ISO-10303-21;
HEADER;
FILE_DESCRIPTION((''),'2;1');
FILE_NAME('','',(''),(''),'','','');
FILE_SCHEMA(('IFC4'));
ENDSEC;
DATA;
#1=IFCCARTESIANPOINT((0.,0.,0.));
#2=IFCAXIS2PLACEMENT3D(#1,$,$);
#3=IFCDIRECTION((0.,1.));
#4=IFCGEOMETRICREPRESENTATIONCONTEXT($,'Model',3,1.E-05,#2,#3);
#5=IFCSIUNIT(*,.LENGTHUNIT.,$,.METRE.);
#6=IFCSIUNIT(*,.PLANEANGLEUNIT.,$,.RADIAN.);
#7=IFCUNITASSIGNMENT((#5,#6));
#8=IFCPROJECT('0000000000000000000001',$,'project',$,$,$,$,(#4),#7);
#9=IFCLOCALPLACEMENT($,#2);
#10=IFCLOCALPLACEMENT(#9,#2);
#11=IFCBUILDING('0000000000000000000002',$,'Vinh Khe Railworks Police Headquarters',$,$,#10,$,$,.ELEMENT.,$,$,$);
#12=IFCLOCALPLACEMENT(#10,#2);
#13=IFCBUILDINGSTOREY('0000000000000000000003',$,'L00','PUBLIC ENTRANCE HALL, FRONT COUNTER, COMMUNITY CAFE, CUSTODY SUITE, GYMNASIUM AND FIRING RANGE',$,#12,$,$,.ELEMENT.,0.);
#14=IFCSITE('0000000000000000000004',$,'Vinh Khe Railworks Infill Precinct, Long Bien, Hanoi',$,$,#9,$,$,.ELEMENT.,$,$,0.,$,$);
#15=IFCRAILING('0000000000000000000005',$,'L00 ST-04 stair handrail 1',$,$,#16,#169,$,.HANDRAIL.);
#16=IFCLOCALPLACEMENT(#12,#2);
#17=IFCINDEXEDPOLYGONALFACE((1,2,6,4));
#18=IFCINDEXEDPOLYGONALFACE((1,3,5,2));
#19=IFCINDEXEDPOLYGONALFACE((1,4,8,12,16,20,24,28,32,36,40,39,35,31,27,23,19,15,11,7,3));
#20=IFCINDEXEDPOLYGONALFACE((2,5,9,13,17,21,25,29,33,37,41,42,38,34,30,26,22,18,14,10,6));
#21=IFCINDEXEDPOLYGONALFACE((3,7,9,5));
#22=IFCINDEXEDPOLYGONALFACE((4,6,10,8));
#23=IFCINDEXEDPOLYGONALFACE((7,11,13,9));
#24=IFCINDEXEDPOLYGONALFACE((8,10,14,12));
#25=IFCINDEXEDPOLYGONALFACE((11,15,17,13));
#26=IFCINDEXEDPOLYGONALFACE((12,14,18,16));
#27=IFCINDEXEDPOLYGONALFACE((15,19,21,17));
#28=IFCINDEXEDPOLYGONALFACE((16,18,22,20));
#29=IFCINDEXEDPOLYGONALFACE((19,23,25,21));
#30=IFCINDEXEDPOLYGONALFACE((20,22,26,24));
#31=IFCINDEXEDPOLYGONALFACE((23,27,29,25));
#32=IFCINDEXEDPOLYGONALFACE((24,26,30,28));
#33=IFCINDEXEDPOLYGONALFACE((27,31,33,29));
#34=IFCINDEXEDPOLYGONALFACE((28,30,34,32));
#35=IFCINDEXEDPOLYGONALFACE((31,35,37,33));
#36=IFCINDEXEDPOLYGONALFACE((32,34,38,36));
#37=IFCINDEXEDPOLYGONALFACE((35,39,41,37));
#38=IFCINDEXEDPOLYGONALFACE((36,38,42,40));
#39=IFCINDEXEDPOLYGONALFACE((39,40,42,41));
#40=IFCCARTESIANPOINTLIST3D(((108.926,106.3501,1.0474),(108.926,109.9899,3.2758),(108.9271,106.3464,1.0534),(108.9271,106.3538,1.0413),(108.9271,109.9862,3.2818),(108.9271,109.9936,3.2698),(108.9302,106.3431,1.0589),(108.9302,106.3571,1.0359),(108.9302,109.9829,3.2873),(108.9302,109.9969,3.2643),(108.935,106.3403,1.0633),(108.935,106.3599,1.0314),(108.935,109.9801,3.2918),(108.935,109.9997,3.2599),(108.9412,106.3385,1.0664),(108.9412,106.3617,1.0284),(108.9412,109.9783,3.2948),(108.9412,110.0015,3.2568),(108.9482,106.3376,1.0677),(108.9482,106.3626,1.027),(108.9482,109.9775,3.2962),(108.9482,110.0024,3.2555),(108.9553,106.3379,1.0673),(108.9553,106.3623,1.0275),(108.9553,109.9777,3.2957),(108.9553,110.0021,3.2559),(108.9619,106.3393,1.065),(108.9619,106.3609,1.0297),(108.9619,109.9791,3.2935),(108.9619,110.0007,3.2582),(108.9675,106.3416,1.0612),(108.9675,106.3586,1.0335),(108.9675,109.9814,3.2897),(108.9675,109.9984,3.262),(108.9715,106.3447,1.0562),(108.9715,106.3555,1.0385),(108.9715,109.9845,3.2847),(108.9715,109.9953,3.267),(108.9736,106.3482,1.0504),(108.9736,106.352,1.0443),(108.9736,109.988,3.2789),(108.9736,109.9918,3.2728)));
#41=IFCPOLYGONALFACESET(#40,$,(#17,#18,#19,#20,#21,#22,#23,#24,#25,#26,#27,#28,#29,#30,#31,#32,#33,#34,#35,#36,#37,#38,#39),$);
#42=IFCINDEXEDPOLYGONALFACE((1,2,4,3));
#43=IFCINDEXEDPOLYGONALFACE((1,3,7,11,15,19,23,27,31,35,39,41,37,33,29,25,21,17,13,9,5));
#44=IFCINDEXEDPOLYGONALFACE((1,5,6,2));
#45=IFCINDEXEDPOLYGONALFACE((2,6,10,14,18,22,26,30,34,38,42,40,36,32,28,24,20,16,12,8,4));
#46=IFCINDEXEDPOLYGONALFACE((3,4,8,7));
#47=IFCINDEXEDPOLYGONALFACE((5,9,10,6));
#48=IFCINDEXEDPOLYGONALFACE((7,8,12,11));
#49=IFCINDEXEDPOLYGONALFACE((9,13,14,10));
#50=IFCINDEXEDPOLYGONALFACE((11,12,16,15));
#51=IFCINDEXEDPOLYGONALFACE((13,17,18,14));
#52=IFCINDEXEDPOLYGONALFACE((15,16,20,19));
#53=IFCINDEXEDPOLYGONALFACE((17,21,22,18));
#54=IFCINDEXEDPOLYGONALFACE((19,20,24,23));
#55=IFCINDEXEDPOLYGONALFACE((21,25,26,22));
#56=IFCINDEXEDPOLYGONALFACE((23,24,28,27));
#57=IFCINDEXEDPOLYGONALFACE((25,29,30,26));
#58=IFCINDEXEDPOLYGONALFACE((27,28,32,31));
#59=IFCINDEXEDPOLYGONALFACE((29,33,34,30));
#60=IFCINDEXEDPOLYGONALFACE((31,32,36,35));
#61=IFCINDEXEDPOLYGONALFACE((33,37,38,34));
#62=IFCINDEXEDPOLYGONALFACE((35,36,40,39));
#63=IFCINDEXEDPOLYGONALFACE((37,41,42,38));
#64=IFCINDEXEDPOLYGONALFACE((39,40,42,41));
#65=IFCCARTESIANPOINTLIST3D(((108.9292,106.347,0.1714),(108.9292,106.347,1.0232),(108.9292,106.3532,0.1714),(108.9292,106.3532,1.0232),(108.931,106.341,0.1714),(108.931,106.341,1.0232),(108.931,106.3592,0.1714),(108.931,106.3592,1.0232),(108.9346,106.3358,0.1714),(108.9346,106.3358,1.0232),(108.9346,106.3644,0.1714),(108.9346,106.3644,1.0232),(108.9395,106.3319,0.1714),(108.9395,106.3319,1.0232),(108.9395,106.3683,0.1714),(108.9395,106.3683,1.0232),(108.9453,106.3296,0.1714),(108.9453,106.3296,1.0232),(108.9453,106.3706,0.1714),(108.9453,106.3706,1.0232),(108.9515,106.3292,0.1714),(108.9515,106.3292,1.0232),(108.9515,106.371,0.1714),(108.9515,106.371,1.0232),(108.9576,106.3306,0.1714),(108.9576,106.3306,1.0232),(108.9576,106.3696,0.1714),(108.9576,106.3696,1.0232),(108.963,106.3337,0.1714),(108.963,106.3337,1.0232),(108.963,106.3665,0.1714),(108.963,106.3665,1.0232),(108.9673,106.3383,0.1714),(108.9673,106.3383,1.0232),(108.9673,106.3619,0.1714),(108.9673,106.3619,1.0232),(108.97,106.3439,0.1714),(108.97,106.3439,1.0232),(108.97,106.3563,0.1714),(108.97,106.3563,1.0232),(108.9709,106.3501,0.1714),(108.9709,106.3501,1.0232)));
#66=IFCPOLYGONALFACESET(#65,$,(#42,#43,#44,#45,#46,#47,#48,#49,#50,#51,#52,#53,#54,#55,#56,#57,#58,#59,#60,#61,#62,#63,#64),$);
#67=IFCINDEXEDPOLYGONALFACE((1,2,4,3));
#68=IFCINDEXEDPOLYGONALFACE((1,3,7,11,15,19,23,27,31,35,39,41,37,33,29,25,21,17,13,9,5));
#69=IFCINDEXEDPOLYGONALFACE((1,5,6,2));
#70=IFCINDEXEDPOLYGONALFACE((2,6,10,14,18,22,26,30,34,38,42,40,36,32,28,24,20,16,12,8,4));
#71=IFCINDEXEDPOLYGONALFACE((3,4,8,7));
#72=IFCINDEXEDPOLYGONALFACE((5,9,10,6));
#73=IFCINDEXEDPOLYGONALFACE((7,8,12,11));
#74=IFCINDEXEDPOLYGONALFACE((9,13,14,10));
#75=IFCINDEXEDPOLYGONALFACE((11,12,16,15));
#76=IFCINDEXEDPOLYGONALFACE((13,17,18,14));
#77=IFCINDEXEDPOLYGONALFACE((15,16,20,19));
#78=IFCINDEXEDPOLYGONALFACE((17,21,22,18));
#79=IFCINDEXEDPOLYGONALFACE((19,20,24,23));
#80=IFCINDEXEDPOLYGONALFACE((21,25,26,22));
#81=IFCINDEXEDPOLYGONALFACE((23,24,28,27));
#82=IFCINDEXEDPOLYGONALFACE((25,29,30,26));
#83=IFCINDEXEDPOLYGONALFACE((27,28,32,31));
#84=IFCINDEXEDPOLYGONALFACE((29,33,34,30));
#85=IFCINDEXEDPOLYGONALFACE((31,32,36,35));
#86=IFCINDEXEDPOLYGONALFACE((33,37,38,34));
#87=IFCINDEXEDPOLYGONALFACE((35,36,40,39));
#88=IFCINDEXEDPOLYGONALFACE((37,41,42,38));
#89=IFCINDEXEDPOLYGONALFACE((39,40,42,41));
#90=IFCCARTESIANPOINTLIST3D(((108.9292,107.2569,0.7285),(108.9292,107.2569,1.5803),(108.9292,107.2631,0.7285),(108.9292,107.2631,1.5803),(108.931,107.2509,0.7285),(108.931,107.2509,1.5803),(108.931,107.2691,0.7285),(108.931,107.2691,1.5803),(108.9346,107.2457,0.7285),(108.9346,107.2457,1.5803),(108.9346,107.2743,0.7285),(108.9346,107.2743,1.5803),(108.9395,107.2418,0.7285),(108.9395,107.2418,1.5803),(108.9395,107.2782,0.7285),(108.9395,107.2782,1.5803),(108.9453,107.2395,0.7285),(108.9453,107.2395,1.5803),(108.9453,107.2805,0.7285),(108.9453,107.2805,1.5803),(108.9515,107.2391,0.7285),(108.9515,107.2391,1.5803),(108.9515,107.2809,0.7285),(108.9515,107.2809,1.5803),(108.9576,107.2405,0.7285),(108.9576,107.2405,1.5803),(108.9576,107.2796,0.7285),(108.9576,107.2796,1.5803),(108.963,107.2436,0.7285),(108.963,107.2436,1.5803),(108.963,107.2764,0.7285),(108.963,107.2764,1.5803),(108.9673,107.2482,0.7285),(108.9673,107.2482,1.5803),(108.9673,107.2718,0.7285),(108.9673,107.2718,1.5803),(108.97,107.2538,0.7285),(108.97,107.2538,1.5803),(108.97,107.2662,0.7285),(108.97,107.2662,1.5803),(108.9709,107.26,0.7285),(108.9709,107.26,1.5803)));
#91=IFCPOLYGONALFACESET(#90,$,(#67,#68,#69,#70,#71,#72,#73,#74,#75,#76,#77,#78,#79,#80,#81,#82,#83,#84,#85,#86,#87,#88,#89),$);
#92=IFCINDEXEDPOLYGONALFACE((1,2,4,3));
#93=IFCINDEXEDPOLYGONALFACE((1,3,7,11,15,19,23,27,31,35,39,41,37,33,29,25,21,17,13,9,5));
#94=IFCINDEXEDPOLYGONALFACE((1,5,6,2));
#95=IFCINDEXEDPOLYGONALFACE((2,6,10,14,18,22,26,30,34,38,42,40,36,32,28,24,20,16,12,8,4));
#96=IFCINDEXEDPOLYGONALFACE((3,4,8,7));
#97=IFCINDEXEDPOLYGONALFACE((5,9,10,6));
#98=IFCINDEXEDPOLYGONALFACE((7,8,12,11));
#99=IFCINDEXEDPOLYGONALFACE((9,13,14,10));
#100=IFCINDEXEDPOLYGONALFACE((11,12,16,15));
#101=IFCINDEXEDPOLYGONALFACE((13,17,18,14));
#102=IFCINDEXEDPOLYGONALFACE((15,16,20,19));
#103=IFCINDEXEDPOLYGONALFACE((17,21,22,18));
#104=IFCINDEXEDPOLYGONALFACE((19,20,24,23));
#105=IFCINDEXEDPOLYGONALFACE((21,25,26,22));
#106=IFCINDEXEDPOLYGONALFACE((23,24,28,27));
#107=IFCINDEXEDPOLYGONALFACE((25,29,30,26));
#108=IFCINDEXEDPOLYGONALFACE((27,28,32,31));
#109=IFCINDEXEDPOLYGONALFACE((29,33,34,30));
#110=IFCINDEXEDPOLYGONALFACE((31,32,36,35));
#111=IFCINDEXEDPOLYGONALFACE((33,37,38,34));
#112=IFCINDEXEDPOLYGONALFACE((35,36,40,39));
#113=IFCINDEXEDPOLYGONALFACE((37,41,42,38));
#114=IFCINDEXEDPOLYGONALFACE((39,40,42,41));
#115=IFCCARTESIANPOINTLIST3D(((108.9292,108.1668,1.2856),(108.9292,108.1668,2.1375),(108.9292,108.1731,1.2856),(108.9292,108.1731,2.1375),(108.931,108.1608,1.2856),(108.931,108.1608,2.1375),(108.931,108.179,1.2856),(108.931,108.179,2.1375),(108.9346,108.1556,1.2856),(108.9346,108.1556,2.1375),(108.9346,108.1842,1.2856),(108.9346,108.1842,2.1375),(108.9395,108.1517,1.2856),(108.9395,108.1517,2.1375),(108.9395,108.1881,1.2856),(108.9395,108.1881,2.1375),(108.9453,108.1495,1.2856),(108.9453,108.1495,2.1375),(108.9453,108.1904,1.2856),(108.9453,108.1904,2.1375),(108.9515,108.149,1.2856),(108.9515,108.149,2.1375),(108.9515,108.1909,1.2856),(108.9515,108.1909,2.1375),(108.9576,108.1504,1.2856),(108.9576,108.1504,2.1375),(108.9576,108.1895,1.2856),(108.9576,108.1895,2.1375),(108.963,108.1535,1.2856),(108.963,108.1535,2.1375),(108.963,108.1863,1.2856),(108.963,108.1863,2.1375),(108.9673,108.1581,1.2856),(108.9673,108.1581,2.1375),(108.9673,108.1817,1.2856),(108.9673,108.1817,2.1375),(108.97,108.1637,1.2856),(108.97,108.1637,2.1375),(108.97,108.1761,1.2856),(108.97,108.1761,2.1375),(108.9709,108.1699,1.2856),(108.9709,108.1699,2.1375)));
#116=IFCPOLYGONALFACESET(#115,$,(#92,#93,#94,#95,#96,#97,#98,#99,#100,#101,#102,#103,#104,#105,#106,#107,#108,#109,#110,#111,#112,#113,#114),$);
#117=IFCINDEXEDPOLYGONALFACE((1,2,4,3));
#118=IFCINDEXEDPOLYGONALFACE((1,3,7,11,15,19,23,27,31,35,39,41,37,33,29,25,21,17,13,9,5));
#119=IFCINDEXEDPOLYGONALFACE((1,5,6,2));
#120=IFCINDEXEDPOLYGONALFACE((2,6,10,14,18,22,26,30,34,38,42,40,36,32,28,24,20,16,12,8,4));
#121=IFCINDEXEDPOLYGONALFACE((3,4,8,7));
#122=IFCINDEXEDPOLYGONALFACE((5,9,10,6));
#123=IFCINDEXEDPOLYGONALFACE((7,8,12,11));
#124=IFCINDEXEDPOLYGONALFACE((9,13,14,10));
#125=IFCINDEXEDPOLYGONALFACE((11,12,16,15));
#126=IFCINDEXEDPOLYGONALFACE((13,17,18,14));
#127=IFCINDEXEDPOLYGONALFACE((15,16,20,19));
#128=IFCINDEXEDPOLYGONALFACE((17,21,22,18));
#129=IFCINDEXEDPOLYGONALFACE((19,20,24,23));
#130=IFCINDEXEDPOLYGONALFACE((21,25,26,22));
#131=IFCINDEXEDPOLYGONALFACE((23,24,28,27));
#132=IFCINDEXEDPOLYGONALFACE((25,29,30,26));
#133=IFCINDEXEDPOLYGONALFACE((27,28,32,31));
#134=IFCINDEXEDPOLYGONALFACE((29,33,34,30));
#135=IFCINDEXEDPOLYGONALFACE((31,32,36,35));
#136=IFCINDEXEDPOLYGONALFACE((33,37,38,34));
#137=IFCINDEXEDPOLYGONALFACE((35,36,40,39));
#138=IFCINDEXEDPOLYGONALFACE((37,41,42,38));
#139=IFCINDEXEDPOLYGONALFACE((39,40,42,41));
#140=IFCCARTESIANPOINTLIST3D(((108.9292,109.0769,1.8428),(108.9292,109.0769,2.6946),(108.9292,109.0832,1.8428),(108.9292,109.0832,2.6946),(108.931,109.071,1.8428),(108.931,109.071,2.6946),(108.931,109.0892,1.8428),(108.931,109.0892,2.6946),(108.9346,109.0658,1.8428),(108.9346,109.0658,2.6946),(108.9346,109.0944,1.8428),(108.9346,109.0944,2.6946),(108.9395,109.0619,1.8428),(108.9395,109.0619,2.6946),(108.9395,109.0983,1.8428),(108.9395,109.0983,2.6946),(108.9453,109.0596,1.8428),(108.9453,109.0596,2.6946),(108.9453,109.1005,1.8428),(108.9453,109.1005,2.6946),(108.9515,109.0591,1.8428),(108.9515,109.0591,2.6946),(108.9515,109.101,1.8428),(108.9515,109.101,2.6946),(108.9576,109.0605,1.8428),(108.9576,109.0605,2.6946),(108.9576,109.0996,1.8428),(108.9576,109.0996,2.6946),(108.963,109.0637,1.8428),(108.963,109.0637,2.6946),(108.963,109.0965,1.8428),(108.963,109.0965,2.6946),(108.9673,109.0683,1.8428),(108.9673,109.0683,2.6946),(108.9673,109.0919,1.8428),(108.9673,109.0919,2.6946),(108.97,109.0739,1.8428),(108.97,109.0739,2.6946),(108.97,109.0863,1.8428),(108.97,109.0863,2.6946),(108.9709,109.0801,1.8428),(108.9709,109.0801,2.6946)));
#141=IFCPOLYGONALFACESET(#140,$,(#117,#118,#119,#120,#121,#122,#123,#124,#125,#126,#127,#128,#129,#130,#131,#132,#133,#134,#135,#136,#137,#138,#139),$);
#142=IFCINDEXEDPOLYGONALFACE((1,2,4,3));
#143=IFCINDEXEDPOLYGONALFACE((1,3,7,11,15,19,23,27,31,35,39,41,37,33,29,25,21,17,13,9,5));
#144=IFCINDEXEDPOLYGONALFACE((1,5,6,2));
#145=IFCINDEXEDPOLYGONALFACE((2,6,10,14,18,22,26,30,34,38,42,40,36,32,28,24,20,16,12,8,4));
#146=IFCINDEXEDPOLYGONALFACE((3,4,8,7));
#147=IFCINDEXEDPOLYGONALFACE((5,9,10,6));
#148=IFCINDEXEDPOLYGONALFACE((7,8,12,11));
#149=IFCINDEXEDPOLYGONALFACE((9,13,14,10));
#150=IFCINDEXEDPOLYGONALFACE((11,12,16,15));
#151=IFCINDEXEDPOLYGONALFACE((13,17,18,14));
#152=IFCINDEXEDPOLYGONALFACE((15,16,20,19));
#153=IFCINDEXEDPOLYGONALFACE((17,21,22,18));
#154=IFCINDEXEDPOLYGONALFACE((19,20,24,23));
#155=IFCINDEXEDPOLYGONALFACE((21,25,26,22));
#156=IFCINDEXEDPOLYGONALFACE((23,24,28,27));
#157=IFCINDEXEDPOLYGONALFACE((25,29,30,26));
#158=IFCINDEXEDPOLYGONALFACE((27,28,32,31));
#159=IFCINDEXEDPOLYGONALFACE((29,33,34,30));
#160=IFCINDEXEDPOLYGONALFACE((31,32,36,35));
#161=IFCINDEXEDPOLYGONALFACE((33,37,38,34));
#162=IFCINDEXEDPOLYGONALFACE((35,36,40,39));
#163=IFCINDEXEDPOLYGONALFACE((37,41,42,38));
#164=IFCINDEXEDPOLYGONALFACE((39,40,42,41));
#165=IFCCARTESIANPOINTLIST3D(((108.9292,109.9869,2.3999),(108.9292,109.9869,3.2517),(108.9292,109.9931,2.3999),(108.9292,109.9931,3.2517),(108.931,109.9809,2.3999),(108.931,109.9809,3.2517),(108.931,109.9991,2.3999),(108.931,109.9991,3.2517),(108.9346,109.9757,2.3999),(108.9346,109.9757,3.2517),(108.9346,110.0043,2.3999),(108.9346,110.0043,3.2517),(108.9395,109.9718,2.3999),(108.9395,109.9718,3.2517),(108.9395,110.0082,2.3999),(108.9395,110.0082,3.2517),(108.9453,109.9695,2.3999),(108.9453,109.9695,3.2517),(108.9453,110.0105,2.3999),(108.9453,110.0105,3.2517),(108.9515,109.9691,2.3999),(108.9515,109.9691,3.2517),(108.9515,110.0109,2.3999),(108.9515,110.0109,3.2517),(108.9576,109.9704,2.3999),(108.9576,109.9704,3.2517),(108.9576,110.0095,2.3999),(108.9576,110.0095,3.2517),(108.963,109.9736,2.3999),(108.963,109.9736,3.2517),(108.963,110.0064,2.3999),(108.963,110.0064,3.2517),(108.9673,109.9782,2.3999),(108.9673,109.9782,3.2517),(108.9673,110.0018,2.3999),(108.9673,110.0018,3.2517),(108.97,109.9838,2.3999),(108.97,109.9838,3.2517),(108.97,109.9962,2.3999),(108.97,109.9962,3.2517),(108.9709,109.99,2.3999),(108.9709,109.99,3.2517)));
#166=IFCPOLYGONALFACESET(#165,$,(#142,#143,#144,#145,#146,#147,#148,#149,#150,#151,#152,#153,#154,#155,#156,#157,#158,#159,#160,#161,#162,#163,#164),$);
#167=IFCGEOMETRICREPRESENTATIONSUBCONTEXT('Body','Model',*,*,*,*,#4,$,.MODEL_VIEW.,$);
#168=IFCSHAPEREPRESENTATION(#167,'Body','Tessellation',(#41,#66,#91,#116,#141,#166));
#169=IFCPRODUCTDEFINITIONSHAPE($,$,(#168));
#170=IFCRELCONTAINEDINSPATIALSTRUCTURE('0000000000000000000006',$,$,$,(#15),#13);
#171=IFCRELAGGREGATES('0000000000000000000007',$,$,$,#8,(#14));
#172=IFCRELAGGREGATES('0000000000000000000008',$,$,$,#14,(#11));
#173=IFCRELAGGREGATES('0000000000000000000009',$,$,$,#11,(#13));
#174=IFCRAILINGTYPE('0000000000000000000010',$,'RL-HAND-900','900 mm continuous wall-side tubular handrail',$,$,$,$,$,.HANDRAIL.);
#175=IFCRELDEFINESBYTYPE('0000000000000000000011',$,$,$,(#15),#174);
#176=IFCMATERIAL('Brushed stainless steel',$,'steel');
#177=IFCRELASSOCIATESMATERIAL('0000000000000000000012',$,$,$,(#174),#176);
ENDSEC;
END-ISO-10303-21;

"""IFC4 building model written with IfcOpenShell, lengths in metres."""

from ifc_helpers import new_model, si_unit, direction, frame, origin, origin_2d, place, context, subcontext, project, spatial, circle, extrude, material, type_object, element, save


model = new_model("IFC4")

# Units and contexts
model_context = context("Model", 3, precision=1e-05, world=origin(), true_north=direction((0.0, 1.0)))
body_context = subcontext(model_context, "Body", "Model", "MODEL_VIEW")
ifc_project = project(units=[si_unit("LENGTHUNIT", "METRE"), si_unit("PLANEANGLEUNIT", "RADIAN")], contexts=[model_context])

# Site, building, storey
site_placement = place(None, origin())
site = spatial("IfcSite", under=ifc_project, at=site_placement, Name="Vinh Khe Railworks Infill Precinct, Long Bien, Hanoi", CompositionType="ELEMENT", RefElevation=0.0)
building_placement = place(site_placement, origin())
building = spatial("IfcBuilding", under=site, at=building_placement, Name="Vinh Khe Railworks Police Headquarters", CompositionType="ELEMENT")
storey_placement = place(building_placement, origin())
storey = spatial("IfcBuildingStorey", under=building, at=storey_placement, Name="L00", Description="PUBLIC ENTRANCE HALL, FRONT COUNTER, COMMUNITY CAFE, CUSTODY SUITE, GYMNASIUM AND FIRING RANGE", CompositionType="ELEMENT", Elevation=0.0)

# Railing
ifc_material_1 = material(Name="Brushed stainless steel", Category="steel")
railing_type_1 = type_object("IfcRailingType", Name="RL-HAND-900", Description="900 mm continuous wall-side tubular handrail", PredefinedType="HANDRAIL", material=ifc_material_1)
railing_1_placement = place(storey_placement, frame((108.95, 106.3501, 0.1714)))
element("IfcRailing", 1, at=railing_1_placement, inside=storey, type_object=railing_type_1, Name="L00 ST-04 stair handrail 1", PredefinedType="HANDRAIL", context=body_context, shape_type="SweptSolid", body=[
    extrude(circle(Radius=0.0239, at=origin_2d()), frame((0.0, 0.0, 0.876), z_axis=(0.0, 0.85285, 0.522156), x_axis=(-1.0, 0.0, 0.0)), (0.0, 0.0, 1.0), 4.2678),
    extrude(circle(Radius=0.021, at=origin_2d()), origin(), (0.0, 0.0, 1.0), 0.8518),
    extrude(circle(Radius=0.021, at=origin_2d()), frame((0.0, 0.9099, 0.5571)), (0.0, 0.0, 1.0), 0.8518),
    extrude(circle(Radius=0.021, at=origin_2d()), frame((0.0, 1.8198, 1.1143)), (0.0, 0.0, 1.0), 0.8518),
    extrude(circle(Radius=0.021, at=origin_2d()), frame((0.0, 2.73, 1.6714)), (0.0, 0.0, 1.0), 0.8518),
    extrude(circle(Radius=0.021, at=origin_2d()), frame((0.0, 3.6399, 2.2285)), (0.0, 0.0, 1.0), 0.8518),
])

save(model, "model.ifc")
